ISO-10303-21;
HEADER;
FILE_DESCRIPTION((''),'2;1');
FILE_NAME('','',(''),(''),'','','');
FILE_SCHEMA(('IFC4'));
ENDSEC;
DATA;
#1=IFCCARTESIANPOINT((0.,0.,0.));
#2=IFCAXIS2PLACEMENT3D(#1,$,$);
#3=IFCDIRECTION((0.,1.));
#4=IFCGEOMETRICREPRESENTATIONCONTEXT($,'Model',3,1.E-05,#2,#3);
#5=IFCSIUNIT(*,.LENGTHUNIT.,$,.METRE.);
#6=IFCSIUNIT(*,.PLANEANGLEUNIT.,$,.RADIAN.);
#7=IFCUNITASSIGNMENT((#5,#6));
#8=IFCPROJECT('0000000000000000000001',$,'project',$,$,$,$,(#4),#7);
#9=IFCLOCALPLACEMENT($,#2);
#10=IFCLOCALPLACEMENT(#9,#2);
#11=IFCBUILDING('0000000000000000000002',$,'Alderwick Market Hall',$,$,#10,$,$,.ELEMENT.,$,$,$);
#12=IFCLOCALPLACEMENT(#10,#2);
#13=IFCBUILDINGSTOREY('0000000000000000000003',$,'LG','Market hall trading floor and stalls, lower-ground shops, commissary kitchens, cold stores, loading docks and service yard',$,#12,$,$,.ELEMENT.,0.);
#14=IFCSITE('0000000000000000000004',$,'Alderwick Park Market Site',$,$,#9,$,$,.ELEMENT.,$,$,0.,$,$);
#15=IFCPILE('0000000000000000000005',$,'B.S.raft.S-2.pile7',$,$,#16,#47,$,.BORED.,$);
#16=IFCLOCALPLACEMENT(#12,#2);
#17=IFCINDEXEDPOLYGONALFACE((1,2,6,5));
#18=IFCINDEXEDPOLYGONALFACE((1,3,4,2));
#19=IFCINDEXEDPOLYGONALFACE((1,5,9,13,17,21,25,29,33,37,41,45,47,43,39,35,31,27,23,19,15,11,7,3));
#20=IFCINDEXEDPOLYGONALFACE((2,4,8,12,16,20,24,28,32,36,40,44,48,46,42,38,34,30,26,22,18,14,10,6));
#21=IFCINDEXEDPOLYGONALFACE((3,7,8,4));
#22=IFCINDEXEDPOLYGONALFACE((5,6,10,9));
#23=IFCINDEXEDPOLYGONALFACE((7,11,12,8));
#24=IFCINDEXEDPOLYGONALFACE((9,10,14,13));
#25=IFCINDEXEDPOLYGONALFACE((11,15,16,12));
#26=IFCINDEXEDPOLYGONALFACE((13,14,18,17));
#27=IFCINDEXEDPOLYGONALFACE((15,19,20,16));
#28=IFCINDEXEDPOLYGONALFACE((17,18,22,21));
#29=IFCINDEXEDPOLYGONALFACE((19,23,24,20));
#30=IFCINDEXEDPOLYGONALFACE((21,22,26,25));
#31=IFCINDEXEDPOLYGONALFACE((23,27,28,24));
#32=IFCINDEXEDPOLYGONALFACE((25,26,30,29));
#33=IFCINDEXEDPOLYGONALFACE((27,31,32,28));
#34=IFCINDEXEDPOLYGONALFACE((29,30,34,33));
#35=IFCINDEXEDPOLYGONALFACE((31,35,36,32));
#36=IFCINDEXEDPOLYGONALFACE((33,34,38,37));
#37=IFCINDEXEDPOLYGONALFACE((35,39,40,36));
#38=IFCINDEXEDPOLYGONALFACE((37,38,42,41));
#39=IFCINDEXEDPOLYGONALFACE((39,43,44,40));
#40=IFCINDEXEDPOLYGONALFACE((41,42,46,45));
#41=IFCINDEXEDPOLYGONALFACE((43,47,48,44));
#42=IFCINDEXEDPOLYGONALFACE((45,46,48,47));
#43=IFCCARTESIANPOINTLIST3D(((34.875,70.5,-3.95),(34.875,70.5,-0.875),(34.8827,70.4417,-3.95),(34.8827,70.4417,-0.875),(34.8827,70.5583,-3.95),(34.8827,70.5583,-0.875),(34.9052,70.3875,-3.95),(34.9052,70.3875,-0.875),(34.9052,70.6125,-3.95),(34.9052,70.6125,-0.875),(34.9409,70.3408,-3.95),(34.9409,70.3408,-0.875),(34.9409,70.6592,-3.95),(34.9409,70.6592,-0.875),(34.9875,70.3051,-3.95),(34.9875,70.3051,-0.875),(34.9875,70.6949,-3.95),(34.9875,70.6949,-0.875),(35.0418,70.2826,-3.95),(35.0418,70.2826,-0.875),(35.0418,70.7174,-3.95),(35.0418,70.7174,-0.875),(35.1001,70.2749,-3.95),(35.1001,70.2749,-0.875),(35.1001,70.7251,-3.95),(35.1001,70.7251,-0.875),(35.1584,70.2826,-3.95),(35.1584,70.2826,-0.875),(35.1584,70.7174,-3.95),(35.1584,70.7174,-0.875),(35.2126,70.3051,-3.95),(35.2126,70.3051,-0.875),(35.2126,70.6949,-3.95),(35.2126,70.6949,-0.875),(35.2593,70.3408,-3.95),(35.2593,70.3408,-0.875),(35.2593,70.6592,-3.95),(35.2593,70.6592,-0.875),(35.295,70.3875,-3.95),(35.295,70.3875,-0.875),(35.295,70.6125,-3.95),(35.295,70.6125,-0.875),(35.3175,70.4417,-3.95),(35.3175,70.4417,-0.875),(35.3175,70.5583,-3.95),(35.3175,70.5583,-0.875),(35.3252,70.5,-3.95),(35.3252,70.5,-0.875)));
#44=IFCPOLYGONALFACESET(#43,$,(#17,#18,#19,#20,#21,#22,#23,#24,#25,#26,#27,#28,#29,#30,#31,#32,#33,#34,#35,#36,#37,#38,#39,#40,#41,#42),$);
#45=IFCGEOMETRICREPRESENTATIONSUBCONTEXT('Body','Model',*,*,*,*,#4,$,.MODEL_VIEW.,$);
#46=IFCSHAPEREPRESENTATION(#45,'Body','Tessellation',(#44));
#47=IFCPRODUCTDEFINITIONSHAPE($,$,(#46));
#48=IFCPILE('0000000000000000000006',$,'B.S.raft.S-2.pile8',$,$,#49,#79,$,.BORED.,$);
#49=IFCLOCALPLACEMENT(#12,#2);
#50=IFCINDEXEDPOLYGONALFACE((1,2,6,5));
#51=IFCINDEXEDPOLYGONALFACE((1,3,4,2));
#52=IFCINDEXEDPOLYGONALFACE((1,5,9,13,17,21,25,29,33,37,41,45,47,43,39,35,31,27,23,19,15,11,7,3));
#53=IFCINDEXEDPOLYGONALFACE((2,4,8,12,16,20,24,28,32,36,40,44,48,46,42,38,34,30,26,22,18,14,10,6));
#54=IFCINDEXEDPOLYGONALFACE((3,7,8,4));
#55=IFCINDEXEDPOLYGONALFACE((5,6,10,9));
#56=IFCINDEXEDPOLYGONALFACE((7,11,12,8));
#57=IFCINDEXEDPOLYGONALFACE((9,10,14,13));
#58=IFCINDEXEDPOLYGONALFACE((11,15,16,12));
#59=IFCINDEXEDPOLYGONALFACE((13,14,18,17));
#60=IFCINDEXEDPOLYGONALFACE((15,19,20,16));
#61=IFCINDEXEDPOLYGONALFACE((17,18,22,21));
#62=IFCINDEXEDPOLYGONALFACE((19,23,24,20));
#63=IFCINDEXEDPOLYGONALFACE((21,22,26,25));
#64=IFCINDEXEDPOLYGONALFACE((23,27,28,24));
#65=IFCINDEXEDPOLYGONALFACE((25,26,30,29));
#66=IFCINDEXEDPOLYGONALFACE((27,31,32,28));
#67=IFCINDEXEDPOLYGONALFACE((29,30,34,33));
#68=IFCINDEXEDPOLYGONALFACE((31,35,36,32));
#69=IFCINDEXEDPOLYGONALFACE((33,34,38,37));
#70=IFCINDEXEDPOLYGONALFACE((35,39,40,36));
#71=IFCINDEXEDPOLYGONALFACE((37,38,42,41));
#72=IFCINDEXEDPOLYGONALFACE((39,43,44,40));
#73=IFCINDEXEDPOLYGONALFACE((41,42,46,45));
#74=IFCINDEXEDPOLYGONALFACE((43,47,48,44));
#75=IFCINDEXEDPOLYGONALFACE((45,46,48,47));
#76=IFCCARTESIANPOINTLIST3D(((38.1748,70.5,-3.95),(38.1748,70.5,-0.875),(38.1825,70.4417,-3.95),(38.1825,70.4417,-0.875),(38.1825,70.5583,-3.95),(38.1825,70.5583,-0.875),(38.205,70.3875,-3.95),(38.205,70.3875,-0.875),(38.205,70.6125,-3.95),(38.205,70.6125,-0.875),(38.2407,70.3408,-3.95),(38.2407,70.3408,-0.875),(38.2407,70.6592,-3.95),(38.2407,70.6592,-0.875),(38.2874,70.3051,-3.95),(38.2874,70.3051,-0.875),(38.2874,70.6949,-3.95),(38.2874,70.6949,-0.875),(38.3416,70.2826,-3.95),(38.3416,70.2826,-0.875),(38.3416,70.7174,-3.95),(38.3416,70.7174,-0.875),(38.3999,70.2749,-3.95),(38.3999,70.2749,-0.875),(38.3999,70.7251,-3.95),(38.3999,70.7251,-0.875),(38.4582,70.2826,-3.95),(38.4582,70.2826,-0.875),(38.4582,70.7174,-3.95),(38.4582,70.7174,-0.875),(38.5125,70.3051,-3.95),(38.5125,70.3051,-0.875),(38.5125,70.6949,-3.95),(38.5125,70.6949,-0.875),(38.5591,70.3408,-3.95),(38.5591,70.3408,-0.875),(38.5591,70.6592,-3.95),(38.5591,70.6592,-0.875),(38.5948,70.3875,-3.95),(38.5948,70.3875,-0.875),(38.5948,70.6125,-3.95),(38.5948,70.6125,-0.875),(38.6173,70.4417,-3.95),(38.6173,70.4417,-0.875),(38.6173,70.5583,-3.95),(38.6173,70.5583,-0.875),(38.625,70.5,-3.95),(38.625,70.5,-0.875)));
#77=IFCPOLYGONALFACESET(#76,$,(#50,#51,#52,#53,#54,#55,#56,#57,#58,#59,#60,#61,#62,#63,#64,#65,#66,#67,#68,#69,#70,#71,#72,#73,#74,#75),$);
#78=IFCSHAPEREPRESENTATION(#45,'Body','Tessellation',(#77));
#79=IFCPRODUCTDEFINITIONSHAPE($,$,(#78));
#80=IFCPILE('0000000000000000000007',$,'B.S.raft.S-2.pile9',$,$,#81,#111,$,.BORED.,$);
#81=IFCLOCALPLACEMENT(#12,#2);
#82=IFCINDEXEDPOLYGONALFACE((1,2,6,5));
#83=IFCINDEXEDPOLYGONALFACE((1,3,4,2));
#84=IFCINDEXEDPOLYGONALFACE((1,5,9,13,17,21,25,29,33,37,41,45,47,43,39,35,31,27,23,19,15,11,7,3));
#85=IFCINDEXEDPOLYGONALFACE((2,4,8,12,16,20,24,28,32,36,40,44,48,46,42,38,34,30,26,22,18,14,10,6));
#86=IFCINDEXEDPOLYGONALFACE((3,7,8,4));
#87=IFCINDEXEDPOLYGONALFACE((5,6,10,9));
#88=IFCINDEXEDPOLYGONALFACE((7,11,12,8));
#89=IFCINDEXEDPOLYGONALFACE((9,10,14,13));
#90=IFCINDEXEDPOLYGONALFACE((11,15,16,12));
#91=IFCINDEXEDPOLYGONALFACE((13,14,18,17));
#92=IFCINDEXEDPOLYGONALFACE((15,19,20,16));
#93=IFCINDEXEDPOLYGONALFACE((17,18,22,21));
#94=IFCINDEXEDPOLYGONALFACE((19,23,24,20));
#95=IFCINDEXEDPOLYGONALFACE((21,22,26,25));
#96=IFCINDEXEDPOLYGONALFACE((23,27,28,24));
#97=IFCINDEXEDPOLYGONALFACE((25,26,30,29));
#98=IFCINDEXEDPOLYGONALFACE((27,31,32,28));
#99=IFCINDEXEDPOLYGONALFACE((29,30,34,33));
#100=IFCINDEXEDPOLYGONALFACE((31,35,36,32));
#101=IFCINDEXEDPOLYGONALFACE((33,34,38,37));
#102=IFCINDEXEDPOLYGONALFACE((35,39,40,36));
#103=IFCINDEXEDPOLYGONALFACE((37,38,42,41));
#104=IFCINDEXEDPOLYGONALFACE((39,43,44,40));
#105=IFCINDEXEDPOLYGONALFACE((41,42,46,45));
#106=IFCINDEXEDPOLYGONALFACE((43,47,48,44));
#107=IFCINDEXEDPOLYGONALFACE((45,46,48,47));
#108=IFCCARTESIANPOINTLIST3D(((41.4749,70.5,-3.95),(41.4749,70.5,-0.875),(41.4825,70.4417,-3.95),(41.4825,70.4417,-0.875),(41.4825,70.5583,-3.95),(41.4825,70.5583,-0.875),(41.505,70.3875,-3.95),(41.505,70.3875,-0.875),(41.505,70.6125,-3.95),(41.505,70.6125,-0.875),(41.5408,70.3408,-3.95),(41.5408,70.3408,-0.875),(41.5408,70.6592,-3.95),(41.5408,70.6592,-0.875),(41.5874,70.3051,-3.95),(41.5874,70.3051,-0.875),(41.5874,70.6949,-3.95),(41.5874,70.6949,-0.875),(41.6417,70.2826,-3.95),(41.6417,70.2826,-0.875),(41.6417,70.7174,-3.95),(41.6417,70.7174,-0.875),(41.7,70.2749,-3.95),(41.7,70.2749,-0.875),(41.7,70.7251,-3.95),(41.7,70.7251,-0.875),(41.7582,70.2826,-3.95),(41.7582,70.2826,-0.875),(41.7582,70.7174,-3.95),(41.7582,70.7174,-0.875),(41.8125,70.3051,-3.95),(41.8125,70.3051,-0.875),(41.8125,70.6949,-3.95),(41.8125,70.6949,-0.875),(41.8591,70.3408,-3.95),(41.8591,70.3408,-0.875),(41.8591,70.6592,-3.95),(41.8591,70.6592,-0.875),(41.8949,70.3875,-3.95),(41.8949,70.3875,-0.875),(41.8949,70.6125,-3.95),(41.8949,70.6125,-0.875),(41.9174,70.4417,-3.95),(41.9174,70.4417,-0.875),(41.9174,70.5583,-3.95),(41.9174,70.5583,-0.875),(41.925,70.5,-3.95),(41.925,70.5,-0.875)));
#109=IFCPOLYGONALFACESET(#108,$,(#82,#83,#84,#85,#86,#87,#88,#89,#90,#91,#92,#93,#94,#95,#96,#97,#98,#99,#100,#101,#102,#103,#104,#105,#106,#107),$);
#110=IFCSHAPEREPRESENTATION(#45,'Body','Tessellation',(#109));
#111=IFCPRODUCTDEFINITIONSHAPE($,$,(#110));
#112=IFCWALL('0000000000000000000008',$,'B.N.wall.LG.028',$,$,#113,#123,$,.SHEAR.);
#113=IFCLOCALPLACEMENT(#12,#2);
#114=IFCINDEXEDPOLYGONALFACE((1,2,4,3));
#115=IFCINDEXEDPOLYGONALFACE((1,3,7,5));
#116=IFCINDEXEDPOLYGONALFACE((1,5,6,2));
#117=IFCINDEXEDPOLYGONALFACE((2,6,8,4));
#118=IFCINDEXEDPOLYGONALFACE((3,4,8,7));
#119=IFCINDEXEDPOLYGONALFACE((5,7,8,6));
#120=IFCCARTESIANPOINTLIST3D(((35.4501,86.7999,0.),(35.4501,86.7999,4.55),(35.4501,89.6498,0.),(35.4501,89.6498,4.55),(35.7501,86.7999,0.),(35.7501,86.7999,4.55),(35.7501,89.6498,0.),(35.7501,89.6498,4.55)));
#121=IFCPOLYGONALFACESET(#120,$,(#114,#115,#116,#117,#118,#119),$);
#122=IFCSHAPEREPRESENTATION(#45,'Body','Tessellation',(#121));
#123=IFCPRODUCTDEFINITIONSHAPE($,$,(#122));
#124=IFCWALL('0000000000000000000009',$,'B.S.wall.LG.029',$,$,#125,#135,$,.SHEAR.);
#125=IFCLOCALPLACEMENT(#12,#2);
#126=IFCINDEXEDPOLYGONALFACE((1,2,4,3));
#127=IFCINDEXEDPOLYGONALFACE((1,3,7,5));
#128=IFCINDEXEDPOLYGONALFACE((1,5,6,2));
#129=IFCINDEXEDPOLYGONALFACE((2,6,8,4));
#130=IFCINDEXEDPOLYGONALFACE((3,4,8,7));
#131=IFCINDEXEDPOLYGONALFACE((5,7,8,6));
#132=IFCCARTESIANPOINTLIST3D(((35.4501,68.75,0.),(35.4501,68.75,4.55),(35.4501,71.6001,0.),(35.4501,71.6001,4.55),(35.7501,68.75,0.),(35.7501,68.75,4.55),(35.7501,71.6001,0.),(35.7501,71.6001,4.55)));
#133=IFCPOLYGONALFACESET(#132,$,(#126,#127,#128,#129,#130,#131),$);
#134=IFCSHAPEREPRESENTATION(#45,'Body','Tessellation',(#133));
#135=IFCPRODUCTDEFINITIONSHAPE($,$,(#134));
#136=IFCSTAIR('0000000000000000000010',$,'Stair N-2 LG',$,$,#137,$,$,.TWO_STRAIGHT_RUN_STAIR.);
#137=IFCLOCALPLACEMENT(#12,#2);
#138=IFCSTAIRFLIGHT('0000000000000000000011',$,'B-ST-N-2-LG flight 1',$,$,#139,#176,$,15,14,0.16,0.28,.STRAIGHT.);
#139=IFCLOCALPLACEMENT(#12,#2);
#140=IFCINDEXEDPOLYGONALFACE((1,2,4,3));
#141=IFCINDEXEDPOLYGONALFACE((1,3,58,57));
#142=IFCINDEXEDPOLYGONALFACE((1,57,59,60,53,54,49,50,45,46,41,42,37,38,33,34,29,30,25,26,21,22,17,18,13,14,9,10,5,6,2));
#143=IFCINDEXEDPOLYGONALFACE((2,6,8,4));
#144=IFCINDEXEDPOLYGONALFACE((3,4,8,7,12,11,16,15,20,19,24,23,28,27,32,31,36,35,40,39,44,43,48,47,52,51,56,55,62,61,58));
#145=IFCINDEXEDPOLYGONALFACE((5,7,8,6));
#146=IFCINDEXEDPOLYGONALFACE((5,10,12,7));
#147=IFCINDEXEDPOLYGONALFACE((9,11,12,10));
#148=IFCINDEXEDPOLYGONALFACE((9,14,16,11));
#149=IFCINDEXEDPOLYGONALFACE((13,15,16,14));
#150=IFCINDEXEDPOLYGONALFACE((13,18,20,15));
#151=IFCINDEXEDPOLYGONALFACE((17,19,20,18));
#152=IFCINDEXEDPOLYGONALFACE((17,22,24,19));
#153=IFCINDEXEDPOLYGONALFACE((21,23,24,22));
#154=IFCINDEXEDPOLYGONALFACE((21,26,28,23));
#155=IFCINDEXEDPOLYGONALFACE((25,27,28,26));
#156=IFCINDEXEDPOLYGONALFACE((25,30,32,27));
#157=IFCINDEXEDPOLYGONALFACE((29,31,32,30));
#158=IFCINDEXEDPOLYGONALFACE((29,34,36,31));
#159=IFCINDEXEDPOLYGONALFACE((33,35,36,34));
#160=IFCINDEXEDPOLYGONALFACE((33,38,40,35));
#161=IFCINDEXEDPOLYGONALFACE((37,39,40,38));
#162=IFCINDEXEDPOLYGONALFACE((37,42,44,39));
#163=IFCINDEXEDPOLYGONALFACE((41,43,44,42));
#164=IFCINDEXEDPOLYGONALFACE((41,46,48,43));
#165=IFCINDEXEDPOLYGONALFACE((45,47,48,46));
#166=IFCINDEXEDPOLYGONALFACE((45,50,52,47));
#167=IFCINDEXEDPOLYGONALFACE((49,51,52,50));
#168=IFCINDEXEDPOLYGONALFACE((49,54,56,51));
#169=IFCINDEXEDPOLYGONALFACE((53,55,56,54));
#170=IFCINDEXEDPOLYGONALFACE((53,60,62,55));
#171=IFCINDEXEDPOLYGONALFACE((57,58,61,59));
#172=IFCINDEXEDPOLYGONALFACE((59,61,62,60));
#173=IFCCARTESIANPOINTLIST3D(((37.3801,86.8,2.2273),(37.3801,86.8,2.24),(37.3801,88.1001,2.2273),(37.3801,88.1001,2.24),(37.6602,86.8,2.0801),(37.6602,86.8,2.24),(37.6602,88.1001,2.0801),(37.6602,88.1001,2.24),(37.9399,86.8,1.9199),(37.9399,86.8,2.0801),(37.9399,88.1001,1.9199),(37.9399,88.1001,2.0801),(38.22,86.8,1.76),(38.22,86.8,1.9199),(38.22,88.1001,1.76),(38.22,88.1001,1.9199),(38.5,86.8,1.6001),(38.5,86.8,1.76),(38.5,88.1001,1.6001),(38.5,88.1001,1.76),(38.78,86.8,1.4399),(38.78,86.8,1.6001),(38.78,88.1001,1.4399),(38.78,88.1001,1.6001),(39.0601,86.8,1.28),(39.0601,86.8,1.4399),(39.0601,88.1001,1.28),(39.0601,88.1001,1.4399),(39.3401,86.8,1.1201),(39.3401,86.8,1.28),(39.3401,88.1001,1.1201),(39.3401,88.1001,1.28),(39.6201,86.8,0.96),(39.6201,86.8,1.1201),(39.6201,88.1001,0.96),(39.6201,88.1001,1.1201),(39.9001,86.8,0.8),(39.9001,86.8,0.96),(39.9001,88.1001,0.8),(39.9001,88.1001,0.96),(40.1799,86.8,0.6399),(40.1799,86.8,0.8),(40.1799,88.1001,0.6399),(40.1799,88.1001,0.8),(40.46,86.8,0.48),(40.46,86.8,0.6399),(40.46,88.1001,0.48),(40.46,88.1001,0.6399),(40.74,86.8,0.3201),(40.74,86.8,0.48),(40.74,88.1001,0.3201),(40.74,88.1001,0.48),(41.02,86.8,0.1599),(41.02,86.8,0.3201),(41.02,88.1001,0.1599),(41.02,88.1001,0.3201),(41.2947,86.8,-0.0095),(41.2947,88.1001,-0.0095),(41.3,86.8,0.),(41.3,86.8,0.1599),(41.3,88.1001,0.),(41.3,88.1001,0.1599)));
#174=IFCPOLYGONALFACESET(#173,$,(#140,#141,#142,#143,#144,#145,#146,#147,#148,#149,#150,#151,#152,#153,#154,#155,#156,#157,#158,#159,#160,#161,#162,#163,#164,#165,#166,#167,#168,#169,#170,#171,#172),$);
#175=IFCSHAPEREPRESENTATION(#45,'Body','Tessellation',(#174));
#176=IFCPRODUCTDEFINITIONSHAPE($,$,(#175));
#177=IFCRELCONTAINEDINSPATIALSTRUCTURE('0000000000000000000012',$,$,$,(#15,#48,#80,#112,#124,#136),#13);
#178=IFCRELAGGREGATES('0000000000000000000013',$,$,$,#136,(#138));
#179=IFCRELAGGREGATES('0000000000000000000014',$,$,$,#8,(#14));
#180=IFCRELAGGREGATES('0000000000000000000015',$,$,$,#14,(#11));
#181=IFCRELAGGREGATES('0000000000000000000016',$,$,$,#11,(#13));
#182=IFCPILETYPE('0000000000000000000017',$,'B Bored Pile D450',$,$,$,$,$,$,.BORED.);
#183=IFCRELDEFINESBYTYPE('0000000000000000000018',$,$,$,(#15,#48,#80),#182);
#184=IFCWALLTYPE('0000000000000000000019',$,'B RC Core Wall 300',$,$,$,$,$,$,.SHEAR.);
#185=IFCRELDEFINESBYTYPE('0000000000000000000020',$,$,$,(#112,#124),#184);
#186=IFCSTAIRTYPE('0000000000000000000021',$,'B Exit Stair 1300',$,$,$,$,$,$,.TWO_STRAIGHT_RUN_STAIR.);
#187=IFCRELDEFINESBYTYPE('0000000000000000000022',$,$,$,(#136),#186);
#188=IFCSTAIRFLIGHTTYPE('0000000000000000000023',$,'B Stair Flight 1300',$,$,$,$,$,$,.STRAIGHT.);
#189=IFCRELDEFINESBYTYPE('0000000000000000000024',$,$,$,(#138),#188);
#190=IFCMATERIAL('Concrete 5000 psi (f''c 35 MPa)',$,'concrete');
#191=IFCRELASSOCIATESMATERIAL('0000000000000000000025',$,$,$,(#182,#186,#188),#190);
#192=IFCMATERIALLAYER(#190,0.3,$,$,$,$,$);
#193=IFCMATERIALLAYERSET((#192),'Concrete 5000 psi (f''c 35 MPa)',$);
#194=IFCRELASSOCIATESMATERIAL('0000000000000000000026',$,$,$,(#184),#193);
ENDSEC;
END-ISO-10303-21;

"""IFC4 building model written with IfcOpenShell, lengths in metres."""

from ifc_helpers import new_model, si_unit, direction, frame, frame_2d, origin, origin_2d, place, context, subcontext, project, spatial, polyline, rectangle, circle, outline, extrude, material, layer, layer_set, material_profile, profile_set, type_object, element, aggregate, save


model = new_model("IFC4")

# Units and contexts
model_context = context("Model", 3, precision=1e-05, world=origin(), true_north=direction((0.0, 1.0)))
body_context = subcontext(model_context, "Body", "Model", "MODEL_VIEW")
ifc_project = project(units=[si_unit("LENGTHUNIT", "METRE"), si_unit("PLANEANGLEUNIT", "RADIAN")], contexts=[model_context])

# Site, building, storey
site_placement = place(None, origin())
site = spatial("IfcSite", under=ifc_project, at=site_placement, Name="Alderwick Park Market Site", CompositionType="ELEMENT", RefElevation=0.0)
building_placement = place(site_placement, origin())
building = spatial("IfcBuilding", under=site, at=building_placement, Name="Alderwick Market Hall", CompositionType="ELEMENT")
storey_placement = place(building_placement, origin())
storey = spatial("IfcBuildingStorey", under=building, at=storey_placement, Name="LG", Description="Market hall trading floor and stalls, lower-ground shops, commissary kitchens, cold stores, loading docks and service yard", CompositionType="ELEMENT", Elevation=0.0)

# Piles
ifc_material = material(Name="Concrete 5000 psi (f'c 35 MPa)", Category="concrete")
ifc_material_profile = material_profile(ifc_material, circle(Radius=0.2251, at=origin_2d()), Name="B Bored Pile D450")
ifc_profile_set = profile_set([ifc_material_profile], Name="Concrete 5000 psi (f'c 35 MPa)")
pile_type = type_object("IfcPileType", Name="B Bored Pile D450", PredefinedType="BORED", material=ifc_profile_set)
for number, where, z_axis, x_axis, name in (
    (1, (35.1001, 70.5, -0.875), (0.0, 0.0, -1.0), (1.0, 0.0, 0.0), "B.S.raft.S-2.pile7"),
    (2, (38.3999, 70.5, -0.875), (0.0, 0.0, -1.0), (1.0, 0.0, 0.0), "B.S.raft.S-2.pile8"),
    (3, (41.7, 70.5, -0.875), (0.0, 0.0, -1.0), (1.0, 0.0, 0.0), "B.S.raft.S-2.pile9"),
):
    element("IfcPile", number, at=place(storey_placement, frame(where, z_axis=z_axis, x_axis=x_axis)), inside=storey, type_object=pile_type, Name=name, PredefinedType="BORED", context=body_context, shape_type="SweptSolid", body=[
        extrude(circle(Radius=0.2251, at=origin_2d()), origin(), (0.0, 0.0, 1.0), 3.075),
    ])

# Walls
ifc_layer = layer(ifc_material, 0.3)
ifc_layer_set = layer_set([ifc_layer], Name="Concrete 5000 psi (f'c 35 MPa)")
wall_type = type_object("IfcWallType", Name="B RC Core Wall 300", PredefinedType="SHEAR", material=ifc_layer_set)
wall_1_placement = place(storey_placement, frame((35.6001, 86.8, 0.0), z_axis=(0.0, 0.0, 1.0), x_axis=(0.0, 1.0, 0.0)))
element("IfcWall", 4, at=wall_1_placement, inside=storey, type_object=wall_type, Name="B.N.wall.LG.028", PredefinedType="SHEAR", context=body_context, shape_type="SweptSolid", body=[
    extrude(rectangle(XDim=2.8499, YDim=0.3, at=frame_2d((1.4248, 0.0))), origin(), (0.0, 0.0, 1.0), 4.55),
])
wall_2_placement = place(storey_placement, frame((35.6001, 68.75, 0.0), z_axis=(0.0, 0.0, 1.0), x_axis=(0.0, 1.0, 0.0)))
element("IfcWall", 5, at=wall_2_placement, inside=storey, type_object=wall_type, Name="B.S.wall.LG.029", PredefinedType="SHEAR", context=body_context, shape_type="SweptSolid", body=[
    extrude(rectangle(XDim=2.8501, YDim=0.3, at=frame_2d((1.425, 0.0))), origin(), (0.0, 0.0, 1.0), 4.55),
])

# Stair, stair flight
stair_type = type_object("IfcStairType", Name="B Exit Stair 1300", PredefinedType="TWO_STRAIGHT_RUN_STAIR", material=ifc_material)
stair_1_placement = place(storey_placement, origin())
stair_1 = element("IfcStair", 6, at=stair_1_placement, inside=storey, type_object=stair_type, Name="Stair N-2 LG", PredefinedType="TWO_STRAIGHT_RUN_STAIR")
stair_flight_type = type_object("IfcStairFlightType", Name="B Stair Flight 1300", PredefinedType="STRAIGHT", material=ifc_material)
stair_flight_1_placement = place(storey_placement, frame((41.3, 87.45, 0.0), z_axis=(0.0, 0.0, 1.0), x_axis=(-1.0, 0.0, 0.0)))
stair_flight_1 = element("IfcStairFlight", 7, at=stair_flight_1_placement, type_object=stair_flight_type, Name="B-ST-N-2-LG flight 1", NumberOfRisers=15, NumberOfTreads=14, PredefinedType="STRAIGHT", RiserHeight=0.16, TreadLength=0.28, context=body_context, shape_type="SweptSolid", body=[
    extrude(outline(polyline([(0.0054, -0.0095), (0.0, 0.0), (0.0, 0.1599), (0.28, 0.1599), (0.28, 0.3201), (0.5601, 0.3201), (0.5601, 0.48), (0.8401, 0.48), (0.8401, 0.6399), (1.1201, 0.6399), (1.1201, 0.8), (1.3999, 0.8), (1.3999, 0.96), (1.6799, 0.96), (1.6799, 1.1201), (1.96, 1.1201), (1.96, 1.28), (2.24, 1.28), (2.24, 1.4399), (2.52, 1.4399), (2.52, 1.6001), (2.8, 1.6001), (2.8, 1.76), (3.0801, 1.76), (3.0801, 1.9199), (3.3601, 1.9199), (3.3601, 2.0801), (3.6399, 2.0801), (3.6399, 2.24), (3.9199, 2.24), (3.9199, 2.2273), (0.0054, -0.0095)])), frame((0.0, 0.6499, 0.0), z_axis=(0.0, -1.0, 0.0), x_axis=(1.0, 0.0, 0.0)), (0.0, 0.0, 1.0), 1.3),
])
aggregate(stair_1, [stair_flight_1])

save(model, "model.ifc")
